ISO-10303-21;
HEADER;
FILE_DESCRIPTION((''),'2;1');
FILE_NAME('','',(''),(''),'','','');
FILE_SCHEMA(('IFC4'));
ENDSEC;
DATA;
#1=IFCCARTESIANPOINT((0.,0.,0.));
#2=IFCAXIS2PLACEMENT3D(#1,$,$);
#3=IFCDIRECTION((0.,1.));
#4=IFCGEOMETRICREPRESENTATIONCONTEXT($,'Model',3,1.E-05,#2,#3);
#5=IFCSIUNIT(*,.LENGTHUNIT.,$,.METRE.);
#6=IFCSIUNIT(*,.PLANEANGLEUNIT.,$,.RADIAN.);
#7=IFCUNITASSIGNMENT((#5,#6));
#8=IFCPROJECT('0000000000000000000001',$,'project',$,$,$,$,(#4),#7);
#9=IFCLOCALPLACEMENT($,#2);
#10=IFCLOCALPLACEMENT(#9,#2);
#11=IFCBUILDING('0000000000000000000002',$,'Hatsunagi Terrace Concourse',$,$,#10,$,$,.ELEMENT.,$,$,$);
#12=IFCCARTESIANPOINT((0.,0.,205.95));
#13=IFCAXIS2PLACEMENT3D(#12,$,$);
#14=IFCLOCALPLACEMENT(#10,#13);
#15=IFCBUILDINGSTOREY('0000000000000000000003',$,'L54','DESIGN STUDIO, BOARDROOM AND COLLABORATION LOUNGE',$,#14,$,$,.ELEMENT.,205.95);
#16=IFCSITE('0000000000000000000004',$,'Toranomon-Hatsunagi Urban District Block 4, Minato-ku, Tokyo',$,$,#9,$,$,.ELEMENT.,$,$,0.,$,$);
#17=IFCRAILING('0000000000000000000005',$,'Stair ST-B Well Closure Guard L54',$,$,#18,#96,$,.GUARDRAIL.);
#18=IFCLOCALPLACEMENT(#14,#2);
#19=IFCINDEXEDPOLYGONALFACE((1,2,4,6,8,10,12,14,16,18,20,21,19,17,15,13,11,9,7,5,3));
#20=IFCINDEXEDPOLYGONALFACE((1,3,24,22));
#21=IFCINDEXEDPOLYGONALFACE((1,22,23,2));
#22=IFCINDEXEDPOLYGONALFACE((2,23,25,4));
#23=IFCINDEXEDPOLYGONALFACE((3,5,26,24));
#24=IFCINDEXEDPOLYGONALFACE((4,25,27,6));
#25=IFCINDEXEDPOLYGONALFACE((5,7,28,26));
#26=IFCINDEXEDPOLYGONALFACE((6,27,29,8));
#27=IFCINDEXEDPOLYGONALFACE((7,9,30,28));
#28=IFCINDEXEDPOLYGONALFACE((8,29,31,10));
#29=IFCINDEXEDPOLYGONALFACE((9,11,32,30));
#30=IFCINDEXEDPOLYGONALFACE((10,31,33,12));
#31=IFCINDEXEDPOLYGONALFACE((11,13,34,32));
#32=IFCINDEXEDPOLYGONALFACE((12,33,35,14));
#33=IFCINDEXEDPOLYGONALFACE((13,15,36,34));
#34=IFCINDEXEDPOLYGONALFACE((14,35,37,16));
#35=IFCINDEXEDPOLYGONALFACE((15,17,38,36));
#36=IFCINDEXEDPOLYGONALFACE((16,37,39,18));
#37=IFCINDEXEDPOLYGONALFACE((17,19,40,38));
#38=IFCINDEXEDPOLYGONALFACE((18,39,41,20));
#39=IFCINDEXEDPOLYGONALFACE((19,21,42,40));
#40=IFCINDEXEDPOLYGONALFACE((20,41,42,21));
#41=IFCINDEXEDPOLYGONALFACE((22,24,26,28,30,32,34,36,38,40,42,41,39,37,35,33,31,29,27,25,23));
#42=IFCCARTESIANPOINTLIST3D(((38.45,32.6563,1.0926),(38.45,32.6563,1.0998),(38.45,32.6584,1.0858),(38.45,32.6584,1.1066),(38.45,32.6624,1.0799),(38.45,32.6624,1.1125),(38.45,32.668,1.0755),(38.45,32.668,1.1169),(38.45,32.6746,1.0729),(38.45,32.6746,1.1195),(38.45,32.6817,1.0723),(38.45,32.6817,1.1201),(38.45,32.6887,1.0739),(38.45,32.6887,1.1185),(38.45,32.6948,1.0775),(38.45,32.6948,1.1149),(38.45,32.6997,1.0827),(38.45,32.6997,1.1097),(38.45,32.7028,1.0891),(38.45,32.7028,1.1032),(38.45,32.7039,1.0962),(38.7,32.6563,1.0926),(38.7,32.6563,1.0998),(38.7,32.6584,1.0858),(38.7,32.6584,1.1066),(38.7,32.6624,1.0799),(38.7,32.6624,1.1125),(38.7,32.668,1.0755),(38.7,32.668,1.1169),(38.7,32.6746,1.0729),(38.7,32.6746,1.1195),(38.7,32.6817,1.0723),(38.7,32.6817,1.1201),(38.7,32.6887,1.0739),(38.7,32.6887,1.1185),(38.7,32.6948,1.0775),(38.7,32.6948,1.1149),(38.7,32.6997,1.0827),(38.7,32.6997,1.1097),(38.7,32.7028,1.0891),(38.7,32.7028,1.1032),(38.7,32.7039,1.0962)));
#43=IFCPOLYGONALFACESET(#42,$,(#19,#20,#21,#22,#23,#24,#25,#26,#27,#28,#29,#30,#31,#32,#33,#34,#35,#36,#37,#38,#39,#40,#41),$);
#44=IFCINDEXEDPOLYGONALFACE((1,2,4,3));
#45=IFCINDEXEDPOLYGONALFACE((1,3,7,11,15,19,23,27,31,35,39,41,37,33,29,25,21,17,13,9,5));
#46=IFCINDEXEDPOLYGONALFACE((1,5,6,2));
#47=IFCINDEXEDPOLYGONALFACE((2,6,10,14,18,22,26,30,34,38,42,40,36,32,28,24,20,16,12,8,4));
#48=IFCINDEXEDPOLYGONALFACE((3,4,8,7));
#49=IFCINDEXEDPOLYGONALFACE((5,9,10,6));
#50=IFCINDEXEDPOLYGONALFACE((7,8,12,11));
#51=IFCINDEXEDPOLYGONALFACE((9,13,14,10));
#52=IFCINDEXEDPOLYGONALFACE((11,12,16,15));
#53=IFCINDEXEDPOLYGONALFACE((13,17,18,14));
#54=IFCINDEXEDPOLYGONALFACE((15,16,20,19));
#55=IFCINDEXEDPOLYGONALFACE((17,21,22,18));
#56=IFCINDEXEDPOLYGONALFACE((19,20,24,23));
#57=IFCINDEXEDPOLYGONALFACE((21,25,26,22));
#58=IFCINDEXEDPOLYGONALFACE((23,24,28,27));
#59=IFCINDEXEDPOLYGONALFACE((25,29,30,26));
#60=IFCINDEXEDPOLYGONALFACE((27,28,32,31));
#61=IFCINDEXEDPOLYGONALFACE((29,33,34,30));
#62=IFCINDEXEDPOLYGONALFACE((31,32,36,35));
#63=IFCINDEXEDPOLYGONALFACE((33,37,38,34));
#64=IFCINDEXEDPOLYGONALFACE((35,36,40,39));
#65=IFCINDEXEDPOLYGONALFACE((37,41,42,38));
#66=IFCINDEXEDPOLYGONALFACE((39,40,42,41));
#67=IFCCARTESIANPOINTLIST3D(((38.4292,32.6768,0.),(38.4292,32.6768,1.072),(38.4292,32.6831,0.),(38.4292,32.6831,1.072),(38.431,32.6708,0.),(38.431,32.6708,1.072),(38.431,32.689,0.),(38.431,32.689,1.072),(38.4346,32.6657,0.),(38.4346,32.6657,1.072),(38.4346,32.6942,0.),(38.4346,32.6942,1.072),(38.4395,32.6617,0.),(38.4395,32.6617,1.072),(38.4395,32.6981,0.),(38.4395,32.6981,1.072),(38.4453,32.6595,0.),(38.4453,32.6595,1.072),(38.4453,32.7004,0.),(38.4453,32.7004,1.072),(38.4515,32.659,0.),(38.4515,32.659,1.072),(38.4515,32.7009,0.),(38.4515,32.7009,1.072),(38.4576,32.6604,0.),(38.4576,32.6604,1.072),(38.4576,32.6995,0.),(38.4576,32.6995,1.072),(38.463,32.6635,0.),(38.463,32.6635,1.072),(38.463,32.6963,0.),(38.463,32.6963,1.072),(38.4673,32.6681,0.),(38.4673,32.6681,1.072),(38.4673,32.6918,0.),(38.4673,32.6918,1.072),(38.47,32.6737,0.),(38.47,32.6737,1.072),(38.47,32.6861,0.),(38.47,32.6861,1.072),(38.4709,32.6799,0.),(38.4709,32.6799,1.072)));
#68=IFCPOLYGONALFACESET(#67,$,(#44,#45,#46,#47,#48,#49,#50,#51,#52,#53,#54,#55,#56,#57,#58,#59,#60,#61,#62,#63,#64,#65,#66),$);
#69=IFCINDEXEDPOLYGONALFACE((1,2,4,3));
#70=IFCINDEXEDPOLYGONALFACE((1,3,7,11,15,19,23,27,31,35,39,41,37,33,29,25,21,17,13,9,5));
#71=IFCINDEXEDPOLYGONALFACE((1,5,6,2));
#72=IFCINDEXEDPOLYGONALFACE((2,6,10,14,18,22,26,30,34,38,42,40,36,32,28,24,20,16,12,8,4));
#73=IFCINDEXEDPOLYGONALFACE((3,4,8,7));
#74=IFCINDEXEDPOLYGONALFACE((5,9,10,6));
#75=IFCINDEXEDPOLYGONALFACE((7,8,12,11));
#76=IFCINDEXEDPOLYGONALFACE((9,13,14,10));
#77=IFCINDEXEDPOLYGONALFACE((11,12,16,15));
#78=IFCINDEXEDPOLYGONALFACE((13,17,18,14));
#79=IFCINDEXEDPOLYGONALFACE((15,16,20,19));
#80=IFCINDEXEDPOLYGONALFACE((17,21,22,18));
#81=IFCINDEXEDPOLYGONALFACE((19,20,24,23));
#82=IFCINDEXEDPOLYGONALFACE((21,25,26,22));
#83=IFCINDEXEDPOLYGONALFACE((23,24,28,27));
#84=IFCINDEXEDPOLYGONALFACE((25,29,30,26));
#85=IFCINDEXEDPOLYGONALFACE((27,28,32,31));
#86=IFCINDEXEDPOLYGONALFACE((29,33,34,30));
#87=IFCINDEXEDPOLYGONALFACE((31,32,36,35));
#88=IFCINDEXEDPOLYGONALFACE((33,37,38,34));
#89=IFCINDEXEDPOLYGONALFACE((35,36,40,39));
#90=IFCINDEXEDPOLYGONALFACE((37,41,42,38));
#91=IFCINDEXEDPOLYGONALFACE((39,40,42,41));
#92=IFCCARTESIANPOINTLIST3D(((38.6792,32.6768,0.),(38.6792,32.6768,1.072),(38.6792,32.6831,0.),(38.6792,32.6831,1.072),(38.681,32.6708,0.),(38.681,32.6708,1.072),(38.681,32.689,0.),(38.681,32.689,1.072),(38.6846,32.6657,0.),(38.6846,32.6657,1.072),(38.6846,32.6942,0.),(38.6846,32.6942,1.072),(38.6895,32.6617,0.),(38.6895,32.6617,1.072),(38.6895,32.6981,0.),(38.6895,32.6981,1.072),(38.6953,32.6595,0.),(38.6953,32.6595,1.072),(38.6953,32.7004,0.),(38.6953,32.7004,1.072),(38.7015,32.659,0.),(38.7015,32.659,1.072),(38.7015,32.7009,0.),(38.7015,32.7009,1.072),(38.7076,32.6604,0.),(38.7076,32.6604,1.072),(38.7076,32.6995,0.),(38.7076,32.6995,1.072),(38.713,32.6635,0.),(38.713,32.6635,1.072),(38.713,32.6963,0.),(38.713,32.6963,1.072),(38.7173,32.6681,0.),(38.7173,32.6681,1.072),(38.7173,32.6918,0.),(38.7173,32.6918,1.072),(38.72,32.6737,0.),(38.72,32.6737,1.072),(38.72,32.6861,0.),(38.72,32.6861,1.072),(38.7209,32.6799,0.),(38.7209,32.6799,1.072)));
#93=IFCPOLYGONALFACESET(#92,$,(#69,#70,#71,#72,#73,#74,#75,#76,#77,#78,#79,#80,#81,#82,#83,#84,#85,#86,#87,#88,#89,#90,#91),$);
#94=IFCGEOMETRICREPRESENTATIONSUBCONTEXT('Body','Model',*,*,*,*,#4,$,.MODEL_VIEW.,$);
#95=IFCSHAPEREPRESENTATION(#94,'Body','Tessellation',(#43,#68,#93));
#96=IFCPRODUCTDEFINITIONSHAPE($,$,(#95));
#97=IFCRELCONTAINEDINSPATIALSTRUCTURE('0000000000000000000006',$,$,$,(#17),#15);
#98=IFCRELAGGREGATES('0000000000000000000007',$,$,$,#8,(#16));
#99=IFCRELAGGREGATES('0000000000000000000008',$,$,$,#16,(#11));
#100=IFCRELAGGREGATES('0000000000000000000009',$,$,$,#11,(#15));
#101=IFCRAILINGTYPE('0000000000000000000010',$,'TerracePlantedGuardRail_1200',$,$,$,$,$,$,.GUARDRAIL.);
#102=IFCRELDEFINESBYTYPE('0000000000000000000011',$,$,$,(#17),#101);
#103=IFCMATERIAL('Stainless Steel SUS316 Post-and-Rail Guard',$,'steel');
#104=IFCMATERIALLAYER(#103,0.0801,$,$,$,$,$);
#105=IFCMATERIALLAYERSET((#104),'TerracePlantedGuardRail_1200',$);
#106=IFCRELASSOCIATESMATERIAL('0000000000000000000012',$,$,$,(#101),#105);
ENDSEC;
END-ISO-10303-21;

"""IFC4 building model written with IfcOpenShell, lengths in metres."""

from ifc_helpers import new_model, si_unit, direction, frame, origin, origin_2d, place, context, subcontext, project, spatial, circle, extrude, material, layer, layer_set, type_object, element, save


model = new_model("IFC4")

# Units and contexts
model_context = context("Model", 3, precision=1e-05, world=origin(), true_north=direction((0.0, 1.0)))
body_context = subcontext(model_context, "Body", "Model", "MODEL_VIEW")
ifc_project = project(units=[si_unit("LENGTHUNIT", "METRE"), si_unit("PLANEANGLEUNIT", "RADIAN")], contexts=[model_context])

# Site, building, storey
site_placement = place(None, origin())
site = spatial("IfcSite", under=ifc_project, at=site_placement, Name="Toranomon-Hatsunagi Urban District Block 4, Minato-ku, Tokyo", CompositionType="ELEMENT", RefElevation=0.0)
building_placement = place(site_placement, origin())
building = spatial("IfcBuilding", under=site, at=building_placement, Name="Hatsunagi Terrace Concourse", CompositionType="ELEMENT")
storey_placement = place(building_placement, frame((0.0, 0.0, 205.95)))
storey = spatial("IfcBuildingStorey", under=building, at=storey_placement, Name="L54", Description="DESIGN STUDIO, BOARDROOM AND COLLABORATION LOUNGE", CompositionType="ELEMENT", Elevation=205.95)

# Railing
ifc_material_1 = material(Name="Stainless Steel SUS316 Post-and-Rail Guard", Category="steel")
ifc_layer_1 = layer(ifc_material_1, 0.0801)
ifc_layer_set_1 = layer_set([ifc_layer_1], Name="TerracePlantedGuardRail_1200")
railing_type_1 = type_object("IfcRailingType", Name="TerracePlantedGuardRail_1200", PredefinedType="GUARDRAIL", material=ifc_layer_set_1)
railing_1_placement = place(storey_placement, frame((38.45, 32.6799, 0.0)))
element("IfcRailing", 1, at=railing_1_placement, inside=storey, type_object=railing_type_1, Name="Stair ST-B Well Closure Guard L54", PredefinedType="GUARDRAIL", context=body_context, shape_type="SweptSolid", body=[
    extrude(circle(Radius=0.0239, at=origin_2d()), frame((0.0, 0.0, 1.0962), z_axis=(1.0, 0.0, 0.0), x_axis=(0.0, 1.0, 0.0)), (0.0, 0.0, 1.0), 0.25),
    extrude(circle(Radius=0.021, at=origin_2d()), origin(), (0.0, 0.0, 1.0), 1.072),
    extrude(circle(Radius=0.021, at=origin_2d()), frame((0.25, 0.0, 0.0)), (0.0, 0.0, 1.0), 1.072),
])

save(model, "model.ifc")
